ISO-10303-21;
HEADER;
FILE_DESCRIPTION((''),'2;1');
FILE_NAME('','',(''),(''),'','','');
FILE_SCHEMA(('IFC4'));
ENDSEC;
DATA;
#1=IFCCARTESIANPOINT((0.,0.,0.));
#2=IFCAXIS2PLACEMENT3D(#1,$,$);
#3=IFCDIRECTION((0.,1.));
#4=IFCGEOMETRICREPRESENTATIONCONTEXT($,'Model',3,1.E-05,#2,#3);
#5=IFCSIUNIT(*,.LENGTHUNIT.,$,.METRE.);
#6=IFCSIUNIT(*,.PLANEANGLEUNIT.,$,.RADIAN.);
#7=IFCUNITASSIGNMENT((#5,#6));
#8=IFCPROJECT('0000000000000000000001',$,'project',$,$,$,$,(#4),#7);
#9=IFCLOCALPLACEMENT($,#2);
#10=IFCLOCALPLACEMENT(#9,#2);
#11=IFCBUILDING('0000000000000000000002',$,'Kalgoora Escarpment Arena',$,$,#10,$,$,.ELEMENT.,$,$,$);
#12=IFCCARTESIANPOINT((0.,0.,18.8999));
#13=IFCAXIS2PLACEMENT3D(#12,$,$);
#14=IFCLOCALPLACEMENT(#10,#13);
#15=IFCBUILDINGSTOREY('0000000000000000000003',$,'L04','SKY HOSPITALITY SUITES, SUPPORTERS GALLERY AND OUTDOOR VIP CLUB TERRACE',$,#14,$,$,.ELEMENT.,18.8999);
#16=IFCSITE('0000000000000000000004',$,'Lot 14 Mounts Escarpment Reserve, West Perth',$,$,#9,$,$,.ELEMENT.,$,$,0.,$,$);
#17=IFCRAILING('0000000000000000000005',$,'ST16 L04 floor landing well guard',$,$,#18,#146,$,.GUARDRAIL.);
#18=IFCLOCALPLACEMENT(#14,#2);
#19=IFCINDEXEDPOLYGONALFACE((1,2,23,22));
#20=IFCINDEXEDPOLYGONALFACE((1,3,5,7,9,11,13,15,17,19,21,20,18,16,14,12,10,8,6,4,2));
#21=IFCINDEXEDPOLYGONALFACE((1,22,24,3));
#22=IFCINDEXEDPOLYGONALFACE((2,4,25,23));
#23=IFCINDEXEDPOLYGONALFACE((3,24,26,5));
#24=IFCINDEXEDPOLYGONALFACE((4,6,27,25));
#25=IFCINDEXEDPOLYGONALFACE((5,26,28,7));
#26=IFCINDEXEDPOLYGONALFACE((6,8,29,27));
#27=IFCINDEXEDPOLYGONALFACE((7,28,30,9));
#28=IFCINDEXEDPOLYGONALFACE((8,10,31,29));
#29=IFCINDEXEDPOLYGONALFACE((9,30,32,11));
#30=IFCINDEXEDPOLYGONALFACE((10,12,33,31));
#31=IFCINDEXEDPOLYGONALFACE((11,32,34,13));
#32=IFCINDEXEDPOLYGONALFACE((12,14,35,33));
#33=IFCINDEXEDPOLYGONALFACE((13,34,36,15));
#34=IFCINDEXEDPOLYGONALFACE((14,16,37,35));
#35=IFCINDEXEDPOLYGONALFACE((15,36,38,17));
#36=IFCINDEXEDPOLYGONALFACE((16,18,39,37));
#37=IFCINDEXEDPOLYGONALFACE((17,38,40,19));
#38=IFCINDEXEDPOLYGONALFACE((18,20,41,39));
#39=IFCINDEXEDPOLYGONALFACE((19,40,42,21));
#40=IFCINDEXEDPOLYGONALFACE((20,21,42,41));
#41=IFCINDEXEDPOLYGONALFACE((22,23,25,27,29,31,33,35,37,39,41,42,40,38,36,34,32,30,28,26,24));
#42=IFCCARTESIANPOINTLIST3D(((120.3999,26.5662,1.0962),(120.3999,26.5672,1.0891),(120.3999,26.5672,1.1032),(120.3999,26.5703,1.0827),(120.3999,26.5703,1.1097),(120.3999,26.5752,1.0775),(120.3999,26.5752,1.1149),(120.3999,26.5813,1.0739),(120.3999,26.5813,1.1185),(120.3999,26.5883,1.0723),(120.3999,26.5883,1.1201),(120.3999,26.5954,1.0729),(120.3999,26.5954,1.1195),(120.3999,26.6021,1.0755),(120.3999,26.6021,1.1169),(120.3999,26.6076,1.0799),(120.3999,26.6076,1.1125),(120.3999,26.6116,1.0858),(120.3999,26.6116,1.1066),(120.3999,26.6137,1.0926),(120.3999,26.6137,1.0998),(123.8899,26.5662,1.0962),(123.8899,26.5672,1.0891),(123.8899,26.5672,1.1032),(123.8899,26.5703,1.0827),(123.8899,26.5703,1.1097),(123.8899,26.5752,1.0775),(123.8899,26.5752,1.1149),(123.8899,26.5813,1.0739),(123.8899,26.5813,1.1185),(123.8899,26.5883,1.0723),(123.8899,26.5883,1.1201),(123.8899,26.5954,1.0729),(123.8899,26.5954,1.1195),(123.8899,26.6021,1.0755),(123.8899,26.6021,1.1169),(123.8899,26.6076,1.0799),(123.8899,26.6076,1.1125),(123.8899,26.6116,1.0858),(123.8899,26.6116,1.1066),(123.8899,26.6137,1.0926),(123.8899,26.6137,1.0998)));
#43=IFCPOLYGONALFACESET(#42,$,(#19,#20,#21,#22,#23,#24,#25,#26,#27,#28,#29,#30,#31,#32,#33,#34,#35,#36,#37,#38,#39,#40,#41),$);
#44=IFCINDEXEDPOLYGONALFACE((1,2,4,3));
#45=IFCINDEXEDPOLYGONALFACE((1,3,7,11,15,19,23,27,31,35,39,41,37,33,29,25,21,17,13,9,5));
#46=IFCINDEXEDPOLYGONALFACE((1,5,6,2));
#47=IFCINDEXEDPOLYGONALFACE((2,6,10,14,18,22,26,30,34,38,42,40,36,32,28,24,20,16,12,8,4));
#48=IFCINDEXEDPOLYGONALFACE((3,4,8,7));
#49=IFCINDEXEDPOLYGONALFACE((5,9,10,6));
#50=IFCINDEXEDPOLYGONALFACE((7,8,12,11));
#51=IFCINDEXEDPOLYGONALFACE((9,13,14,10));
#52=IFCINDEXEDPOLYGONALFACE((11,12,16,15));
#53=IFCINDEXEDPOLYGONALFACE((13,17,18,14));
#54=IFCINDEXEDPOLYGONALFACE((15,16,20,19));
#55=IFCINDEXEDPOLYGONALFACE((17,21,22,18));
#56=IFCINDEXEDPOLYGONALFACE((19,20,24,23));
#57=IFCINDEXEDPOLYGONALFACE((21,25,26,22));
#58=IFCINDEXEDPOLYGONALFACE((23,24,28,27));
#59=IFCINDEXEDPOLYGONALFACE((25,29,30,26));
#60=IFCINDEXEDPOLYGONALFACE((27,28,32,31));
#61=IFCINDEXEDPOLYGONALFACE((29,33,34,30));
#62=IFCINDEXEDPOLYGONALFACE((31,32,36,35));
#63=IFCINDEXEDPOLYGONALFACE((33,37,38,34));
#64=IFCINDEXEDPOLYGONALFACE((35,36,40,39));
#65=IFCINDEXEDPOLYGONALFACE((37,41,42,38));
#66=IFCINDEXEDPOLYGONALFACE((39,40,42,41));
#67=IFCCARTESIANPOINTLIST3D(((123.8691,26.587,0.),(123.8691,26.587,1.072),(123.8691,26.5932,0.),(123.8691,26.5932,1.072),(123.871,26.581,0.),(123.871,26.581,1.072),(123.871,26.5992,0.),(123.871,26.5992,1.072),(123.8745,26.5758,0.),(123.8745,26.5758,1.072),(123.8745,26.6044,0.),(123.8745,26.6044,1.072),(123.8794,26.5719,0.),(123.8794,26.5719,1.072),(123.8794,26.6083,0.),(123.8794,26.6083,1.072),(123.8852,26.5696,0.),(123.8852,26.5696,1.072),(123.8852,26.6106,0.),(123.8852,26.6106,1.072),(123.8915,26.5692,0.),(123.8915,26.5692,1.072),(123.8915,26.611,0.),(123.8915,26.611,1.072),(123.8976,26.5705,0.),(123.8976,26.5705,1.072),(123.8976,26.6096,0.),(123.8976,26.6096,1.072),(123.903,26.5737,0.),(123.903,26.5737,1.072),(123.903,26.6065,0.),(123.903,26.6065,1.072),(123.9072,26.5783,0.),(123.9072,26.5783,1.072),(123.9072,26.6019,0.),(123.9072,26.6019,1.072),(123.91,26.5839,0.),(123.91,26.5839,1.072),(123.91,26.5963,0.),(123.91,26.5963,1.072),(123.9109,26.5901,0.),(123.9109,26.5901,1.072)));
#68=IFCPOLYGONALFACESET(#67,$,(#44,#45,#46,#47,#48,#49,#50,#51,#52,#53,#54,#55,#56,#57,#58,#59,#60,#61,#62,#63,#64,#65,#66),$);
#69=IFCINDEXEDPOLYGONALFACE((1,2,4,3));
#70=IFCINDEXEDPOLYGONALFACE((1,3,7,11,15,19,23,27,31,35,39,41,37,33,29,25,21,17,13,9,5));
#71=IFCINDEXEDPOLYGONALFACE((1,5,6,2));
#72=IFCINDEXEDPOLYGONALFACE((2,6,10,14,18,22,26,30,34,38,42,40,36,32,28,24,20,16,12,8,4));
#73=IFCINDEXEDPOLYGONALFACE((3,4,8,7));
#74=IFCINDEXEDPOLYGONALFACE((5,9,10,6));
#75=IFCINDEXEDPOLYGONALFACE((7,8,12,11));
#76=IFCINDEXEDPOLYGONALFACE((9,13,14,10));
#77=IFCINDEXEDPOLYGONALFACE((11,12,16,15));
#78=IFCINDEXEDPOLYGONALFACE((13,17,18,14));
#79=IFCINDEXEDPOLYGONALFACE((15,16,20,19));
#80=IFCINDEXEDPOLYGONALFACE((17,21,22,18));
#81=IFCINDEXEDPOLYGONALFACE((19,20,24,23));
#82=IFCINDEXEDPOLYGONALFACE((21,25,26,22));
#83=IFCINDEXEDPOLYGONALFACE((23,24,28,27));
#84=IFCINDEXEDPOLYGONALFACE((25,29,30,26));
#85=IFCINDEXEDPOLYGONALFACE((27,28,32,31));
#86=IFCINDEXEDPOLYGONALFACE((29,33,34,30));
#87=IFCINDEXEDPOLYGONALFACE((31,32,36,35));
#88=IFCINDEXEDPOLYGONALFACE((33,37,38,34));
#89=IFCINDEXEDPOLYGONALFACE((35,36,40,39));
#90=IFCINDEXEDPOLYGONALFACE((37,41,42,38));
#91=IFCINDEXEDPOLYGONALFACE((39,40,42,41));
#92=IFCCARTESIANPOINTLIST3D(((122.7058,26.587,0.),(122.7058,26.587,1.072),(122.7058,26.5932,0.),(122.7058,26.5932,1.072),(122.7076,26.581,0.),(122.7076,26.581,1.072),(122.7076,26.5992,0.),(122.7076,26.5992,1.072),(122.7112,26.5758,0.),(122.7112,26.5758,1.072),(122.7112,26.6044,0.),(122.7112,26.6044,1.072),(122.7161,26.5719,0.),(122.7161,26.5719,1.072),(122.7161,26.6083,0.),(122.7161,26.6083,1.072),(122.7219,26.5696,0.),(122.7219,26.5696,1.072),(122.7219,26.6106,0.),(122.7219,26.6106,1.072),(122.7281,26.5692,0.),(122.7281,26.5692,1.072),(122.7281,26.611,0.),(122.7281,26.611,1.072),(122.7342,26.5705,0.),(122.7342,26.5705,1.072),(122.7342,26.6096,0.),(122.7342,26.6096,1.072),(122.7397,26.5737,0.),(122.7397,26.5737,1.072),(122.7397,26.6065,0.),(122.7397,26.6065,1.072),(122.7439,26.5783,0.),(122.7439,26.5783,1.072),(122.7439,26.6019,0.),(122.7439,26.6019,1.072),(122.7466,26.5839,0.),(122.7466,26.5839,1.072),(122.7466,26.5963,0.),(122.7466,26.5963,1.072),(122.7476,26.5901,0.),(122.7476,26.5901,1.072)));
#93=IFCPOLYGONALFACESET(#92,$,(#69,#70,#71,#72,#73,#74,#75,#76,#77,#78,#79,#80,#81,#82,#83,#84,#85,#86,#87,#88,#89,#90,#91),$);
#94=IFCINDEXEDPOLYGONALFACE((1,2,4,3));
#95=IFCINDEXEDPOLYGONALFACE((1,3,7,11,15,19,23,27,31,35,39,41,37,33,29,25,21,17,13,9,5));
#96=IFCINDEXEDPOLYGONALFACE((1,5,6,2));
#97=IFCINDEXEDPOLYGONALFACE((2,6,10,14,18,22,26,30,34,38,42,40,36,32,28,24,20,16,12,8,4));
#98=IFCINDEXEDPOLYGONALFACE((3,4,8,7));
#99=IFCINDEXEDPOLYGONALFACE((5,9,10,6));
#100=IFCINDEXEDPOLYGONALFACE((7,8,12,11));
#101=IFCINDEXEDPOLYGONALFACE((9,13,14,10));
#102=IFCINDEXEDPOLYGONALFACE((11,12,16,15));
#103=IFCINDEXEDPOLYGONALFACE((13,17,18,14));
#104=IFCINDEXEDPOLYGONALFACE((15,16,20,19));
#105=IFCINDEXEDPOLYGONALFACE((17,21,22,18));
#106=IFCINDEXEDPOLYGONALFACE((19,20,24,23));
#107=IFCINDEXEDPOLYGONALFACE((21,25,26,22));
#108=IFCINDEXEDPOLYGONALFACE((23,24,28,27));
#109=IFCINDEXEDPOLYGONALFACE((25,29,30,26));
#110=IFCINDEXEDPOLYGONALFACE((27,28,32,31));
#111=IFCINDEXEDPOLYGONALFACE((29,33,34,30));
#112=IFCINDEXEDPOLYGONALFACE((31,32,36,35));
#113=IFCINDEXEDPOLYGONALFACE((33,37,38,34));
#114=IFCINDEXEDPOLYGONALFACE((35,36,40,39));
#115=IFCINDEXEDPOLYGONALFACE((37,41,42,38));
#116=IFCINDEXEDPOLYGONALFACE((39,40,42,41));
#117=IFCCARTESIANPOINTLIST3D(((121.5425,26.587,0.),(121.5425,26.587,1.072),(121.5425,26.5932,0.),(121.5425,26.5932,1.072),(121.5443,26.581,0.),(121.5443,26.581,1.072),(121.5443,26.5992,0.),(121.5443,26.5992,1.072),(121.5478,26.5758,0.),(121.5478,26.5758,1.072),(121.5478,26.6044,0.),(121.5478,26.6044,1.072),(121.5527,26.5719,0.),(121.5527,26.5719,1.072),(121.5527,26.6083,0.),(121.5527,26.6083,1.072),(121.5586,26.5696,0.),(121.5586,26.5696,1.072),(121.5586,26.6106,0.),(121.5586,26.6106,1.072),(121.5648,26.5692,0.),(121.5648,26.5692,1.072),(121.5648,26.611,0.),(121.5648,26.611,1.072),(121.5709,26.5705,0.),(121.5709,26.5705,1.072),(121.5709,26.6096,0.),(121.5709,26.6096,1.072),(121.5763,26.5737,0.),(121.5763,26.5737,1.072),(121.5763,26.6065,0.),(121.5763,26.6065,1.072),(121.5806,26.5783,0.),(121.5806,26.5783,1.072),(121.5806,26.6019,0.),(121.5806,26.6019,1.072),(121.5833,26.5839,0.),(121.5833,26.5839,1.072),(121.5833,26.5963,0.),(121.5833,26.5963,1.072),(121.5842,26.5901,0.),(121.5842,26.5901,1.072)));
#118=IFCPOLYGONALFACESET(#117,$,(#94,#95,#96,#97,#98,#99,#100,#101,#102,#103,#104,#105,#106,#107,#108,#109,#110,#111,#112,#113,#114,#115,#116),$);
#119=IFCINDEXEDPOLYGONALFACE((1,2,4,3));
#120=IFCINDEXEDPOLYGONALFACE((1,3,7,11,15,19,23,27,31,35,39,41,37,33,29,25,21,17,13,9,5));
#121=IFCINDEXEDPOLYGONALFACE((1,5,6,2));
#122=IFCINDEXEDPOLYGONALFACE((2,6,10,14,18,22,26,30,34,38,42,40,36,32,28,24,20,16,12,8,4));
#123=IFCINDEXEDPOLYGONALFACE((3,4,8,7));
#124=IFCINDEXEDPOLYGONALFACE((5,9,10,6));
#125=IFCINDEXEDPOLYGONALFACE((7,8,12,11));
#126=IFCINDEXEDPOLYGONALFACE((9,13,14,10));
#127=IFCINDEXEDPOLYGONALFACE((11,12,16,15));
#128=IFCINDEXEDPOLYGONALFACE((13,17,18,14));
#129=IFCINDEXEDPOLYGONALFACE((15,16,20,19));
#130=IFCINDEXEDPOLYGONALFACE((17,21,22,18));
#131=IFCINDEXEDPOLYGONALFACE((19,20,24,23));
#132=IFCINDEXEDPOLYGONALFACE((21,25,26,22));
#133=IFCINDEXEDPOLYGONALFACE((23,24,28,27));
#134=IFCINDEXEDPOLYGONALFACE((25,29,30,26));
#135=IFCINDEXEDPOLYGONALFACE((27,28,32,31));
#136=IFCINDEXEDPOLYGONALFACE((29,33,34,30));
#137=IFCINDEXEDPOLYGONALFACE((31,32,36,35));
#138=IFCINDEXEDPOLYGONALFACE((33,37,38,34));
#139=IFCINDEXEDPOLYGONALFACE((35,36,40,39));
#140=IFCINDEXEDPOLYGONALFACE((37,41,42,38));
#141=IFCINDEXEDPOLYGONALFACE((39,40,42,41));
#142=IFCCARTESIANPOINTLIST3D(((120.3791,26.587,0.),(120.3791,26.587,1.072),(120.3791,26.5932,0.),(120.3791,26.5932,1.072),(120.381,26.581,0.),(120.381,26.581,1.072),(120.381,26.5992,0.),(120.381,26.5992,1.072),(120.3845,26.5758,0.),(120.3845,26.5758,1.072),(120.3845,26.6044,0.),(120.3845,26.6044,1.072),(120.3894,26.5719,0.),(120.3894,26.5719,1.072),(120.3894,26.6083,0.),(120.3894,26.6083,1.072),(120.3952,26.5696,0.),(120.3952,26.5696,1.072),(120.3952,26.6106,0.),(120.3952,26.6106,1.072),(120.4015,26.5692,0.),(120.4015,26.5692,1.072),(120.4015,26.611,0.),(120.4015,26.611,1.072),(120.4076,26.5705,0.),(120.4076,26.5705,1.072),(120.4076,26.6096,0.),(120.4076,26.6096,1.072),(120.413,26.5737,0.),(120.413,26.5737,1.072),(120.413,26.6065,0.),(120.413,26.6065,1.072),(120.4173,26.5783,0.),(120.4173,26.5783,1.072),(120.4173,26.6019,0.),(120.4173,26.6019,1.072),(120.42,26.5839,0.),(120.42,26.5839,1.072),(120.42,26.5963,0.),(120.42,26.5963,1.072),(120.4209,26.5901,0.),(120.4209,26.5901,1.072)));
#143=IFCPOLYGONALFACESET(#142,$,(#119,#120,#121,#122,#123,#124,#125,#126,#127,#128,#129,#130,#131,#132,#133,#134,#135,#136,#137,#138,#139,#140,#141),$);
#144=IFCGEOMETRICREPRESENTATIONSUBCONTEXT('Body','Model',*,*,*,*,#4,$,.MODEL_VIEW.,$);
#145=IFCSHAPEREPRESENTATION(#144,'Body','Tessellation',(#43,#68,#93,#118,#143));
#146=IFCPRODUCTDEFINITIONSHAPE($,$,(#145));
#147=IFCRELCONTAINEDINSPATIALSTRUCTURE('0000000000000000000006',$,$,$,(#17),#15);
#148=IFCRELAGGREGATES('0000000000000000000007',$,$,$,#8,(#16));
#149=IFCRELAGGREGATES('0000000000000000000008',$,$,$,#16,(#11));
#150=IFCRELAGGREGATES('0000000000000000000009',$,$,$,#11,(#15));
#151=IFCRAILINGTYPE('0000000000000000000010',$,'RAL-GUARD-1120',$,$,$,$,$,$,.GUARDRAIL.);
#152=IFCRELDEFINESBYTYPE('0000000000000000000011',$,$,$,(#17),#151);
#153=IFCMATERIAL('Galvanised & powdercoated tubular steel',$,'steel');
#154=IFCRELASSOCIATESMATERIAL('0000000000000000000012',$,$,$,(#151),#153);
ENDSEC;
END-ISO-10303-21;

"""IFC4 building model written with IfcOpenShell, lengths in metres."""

from ifc_helpers import new_model, si_unit, direction, frame, origin, origin_2d, place, context, subcontext, project, spatial, circle, extrude, material, type_object, element, save


model = new_model("IFC4")

# Units and contexts
model_context = context("Model", 3, precision=1e-05, world=origin(), true_north=direction((0.0, 1.0)))
body_context = subcontext(model_context, "Body", "Model", "MODEL_VIEW")
ifc_project = project(units=[si_unit("LENGTHUNIT", "METRE"), si_unit("PLANEANGLEUNIT", "RADIAN")], contexts=[model_context])

# Site, building, storey
site_placement = place(None, origin())
site = spatial("IfcSite", under=ifc_project, at=site_placement, Name="Lot 14 Mounts Escarpment Reserve, West Perth", CompositionType="ELEMENT", RefElevation=0.0)
building_placement = place(site_placement, origin())
building = spatial("IfcBuilding", under=site, at=building_placement, Name="Kalgoora Escarpment Arena", CompositionType="ELEMENT")
storey_placement = place(building_placement, frame((0.0, 0.0, 18.8999)))
storey = spatial("IfcBuildingStorey", under=building, at=storey_placement, Name="L04", Description="SKY HOSPITALITY SUITES, SUPPORTERS GALLERY AND OUTDOOR VIP CLUB TERRACE", CompositionType="ELEMENT", Elevation=18.8999)

# Railing
ifc_material_1 = material(Name="Galvanised & powdercoated tubular steel", Category="steel")
railing_type_1 = type_object("IfcRailingType", Name="RAL-GUARD-1120", PredefinedType="GUARDRAIL", material=ifc_material_1)
railing_1_placement = place(storey_placement, frame((123.8899, 26.5901, 0.0)))
element("IfcRailing", 1, at=railing_1_placement, inside=storey, type_object=railing_type_1, Name="ST16 L04 floor landing well guard", PredefinedType="GUARDRAIL", context=body_context, shape_type="SweptSolid", body=[
    extrude(circle(Radius=0.0239, at=origin_2d()), frame((0.0, 0.0, 1.0962), z_axis=(-1.0, 0.0, 0.0), x_axis=(0.0, -1.0, 0.0)), (0.0, 0.0, 1.0), 3.49),
    extrude(circle(Radius=0.021, at=origin_2d()), origin(), (0.0, 0.0, 1.0), 1.072),
    extrude(circle(Radius=0.021, at=origin_2d()), frame((-1.1633, 0.0, 0.0)), (0.0, 0.0, 1.0), 1.072),
    extrude(circle(Radius=0.021, at=origin_2d()), frame((-2.3267, 0.0, 0.0)), (0.0, 0.0, 1.0), 1.072),
    extrude(circle(Radius=0.021, at=origin_2d()), frame((-3.49, 0.0, 0.0)), (0.0, 0.0, 1.0), 1.072),
])

save(model, "model.ifc")
